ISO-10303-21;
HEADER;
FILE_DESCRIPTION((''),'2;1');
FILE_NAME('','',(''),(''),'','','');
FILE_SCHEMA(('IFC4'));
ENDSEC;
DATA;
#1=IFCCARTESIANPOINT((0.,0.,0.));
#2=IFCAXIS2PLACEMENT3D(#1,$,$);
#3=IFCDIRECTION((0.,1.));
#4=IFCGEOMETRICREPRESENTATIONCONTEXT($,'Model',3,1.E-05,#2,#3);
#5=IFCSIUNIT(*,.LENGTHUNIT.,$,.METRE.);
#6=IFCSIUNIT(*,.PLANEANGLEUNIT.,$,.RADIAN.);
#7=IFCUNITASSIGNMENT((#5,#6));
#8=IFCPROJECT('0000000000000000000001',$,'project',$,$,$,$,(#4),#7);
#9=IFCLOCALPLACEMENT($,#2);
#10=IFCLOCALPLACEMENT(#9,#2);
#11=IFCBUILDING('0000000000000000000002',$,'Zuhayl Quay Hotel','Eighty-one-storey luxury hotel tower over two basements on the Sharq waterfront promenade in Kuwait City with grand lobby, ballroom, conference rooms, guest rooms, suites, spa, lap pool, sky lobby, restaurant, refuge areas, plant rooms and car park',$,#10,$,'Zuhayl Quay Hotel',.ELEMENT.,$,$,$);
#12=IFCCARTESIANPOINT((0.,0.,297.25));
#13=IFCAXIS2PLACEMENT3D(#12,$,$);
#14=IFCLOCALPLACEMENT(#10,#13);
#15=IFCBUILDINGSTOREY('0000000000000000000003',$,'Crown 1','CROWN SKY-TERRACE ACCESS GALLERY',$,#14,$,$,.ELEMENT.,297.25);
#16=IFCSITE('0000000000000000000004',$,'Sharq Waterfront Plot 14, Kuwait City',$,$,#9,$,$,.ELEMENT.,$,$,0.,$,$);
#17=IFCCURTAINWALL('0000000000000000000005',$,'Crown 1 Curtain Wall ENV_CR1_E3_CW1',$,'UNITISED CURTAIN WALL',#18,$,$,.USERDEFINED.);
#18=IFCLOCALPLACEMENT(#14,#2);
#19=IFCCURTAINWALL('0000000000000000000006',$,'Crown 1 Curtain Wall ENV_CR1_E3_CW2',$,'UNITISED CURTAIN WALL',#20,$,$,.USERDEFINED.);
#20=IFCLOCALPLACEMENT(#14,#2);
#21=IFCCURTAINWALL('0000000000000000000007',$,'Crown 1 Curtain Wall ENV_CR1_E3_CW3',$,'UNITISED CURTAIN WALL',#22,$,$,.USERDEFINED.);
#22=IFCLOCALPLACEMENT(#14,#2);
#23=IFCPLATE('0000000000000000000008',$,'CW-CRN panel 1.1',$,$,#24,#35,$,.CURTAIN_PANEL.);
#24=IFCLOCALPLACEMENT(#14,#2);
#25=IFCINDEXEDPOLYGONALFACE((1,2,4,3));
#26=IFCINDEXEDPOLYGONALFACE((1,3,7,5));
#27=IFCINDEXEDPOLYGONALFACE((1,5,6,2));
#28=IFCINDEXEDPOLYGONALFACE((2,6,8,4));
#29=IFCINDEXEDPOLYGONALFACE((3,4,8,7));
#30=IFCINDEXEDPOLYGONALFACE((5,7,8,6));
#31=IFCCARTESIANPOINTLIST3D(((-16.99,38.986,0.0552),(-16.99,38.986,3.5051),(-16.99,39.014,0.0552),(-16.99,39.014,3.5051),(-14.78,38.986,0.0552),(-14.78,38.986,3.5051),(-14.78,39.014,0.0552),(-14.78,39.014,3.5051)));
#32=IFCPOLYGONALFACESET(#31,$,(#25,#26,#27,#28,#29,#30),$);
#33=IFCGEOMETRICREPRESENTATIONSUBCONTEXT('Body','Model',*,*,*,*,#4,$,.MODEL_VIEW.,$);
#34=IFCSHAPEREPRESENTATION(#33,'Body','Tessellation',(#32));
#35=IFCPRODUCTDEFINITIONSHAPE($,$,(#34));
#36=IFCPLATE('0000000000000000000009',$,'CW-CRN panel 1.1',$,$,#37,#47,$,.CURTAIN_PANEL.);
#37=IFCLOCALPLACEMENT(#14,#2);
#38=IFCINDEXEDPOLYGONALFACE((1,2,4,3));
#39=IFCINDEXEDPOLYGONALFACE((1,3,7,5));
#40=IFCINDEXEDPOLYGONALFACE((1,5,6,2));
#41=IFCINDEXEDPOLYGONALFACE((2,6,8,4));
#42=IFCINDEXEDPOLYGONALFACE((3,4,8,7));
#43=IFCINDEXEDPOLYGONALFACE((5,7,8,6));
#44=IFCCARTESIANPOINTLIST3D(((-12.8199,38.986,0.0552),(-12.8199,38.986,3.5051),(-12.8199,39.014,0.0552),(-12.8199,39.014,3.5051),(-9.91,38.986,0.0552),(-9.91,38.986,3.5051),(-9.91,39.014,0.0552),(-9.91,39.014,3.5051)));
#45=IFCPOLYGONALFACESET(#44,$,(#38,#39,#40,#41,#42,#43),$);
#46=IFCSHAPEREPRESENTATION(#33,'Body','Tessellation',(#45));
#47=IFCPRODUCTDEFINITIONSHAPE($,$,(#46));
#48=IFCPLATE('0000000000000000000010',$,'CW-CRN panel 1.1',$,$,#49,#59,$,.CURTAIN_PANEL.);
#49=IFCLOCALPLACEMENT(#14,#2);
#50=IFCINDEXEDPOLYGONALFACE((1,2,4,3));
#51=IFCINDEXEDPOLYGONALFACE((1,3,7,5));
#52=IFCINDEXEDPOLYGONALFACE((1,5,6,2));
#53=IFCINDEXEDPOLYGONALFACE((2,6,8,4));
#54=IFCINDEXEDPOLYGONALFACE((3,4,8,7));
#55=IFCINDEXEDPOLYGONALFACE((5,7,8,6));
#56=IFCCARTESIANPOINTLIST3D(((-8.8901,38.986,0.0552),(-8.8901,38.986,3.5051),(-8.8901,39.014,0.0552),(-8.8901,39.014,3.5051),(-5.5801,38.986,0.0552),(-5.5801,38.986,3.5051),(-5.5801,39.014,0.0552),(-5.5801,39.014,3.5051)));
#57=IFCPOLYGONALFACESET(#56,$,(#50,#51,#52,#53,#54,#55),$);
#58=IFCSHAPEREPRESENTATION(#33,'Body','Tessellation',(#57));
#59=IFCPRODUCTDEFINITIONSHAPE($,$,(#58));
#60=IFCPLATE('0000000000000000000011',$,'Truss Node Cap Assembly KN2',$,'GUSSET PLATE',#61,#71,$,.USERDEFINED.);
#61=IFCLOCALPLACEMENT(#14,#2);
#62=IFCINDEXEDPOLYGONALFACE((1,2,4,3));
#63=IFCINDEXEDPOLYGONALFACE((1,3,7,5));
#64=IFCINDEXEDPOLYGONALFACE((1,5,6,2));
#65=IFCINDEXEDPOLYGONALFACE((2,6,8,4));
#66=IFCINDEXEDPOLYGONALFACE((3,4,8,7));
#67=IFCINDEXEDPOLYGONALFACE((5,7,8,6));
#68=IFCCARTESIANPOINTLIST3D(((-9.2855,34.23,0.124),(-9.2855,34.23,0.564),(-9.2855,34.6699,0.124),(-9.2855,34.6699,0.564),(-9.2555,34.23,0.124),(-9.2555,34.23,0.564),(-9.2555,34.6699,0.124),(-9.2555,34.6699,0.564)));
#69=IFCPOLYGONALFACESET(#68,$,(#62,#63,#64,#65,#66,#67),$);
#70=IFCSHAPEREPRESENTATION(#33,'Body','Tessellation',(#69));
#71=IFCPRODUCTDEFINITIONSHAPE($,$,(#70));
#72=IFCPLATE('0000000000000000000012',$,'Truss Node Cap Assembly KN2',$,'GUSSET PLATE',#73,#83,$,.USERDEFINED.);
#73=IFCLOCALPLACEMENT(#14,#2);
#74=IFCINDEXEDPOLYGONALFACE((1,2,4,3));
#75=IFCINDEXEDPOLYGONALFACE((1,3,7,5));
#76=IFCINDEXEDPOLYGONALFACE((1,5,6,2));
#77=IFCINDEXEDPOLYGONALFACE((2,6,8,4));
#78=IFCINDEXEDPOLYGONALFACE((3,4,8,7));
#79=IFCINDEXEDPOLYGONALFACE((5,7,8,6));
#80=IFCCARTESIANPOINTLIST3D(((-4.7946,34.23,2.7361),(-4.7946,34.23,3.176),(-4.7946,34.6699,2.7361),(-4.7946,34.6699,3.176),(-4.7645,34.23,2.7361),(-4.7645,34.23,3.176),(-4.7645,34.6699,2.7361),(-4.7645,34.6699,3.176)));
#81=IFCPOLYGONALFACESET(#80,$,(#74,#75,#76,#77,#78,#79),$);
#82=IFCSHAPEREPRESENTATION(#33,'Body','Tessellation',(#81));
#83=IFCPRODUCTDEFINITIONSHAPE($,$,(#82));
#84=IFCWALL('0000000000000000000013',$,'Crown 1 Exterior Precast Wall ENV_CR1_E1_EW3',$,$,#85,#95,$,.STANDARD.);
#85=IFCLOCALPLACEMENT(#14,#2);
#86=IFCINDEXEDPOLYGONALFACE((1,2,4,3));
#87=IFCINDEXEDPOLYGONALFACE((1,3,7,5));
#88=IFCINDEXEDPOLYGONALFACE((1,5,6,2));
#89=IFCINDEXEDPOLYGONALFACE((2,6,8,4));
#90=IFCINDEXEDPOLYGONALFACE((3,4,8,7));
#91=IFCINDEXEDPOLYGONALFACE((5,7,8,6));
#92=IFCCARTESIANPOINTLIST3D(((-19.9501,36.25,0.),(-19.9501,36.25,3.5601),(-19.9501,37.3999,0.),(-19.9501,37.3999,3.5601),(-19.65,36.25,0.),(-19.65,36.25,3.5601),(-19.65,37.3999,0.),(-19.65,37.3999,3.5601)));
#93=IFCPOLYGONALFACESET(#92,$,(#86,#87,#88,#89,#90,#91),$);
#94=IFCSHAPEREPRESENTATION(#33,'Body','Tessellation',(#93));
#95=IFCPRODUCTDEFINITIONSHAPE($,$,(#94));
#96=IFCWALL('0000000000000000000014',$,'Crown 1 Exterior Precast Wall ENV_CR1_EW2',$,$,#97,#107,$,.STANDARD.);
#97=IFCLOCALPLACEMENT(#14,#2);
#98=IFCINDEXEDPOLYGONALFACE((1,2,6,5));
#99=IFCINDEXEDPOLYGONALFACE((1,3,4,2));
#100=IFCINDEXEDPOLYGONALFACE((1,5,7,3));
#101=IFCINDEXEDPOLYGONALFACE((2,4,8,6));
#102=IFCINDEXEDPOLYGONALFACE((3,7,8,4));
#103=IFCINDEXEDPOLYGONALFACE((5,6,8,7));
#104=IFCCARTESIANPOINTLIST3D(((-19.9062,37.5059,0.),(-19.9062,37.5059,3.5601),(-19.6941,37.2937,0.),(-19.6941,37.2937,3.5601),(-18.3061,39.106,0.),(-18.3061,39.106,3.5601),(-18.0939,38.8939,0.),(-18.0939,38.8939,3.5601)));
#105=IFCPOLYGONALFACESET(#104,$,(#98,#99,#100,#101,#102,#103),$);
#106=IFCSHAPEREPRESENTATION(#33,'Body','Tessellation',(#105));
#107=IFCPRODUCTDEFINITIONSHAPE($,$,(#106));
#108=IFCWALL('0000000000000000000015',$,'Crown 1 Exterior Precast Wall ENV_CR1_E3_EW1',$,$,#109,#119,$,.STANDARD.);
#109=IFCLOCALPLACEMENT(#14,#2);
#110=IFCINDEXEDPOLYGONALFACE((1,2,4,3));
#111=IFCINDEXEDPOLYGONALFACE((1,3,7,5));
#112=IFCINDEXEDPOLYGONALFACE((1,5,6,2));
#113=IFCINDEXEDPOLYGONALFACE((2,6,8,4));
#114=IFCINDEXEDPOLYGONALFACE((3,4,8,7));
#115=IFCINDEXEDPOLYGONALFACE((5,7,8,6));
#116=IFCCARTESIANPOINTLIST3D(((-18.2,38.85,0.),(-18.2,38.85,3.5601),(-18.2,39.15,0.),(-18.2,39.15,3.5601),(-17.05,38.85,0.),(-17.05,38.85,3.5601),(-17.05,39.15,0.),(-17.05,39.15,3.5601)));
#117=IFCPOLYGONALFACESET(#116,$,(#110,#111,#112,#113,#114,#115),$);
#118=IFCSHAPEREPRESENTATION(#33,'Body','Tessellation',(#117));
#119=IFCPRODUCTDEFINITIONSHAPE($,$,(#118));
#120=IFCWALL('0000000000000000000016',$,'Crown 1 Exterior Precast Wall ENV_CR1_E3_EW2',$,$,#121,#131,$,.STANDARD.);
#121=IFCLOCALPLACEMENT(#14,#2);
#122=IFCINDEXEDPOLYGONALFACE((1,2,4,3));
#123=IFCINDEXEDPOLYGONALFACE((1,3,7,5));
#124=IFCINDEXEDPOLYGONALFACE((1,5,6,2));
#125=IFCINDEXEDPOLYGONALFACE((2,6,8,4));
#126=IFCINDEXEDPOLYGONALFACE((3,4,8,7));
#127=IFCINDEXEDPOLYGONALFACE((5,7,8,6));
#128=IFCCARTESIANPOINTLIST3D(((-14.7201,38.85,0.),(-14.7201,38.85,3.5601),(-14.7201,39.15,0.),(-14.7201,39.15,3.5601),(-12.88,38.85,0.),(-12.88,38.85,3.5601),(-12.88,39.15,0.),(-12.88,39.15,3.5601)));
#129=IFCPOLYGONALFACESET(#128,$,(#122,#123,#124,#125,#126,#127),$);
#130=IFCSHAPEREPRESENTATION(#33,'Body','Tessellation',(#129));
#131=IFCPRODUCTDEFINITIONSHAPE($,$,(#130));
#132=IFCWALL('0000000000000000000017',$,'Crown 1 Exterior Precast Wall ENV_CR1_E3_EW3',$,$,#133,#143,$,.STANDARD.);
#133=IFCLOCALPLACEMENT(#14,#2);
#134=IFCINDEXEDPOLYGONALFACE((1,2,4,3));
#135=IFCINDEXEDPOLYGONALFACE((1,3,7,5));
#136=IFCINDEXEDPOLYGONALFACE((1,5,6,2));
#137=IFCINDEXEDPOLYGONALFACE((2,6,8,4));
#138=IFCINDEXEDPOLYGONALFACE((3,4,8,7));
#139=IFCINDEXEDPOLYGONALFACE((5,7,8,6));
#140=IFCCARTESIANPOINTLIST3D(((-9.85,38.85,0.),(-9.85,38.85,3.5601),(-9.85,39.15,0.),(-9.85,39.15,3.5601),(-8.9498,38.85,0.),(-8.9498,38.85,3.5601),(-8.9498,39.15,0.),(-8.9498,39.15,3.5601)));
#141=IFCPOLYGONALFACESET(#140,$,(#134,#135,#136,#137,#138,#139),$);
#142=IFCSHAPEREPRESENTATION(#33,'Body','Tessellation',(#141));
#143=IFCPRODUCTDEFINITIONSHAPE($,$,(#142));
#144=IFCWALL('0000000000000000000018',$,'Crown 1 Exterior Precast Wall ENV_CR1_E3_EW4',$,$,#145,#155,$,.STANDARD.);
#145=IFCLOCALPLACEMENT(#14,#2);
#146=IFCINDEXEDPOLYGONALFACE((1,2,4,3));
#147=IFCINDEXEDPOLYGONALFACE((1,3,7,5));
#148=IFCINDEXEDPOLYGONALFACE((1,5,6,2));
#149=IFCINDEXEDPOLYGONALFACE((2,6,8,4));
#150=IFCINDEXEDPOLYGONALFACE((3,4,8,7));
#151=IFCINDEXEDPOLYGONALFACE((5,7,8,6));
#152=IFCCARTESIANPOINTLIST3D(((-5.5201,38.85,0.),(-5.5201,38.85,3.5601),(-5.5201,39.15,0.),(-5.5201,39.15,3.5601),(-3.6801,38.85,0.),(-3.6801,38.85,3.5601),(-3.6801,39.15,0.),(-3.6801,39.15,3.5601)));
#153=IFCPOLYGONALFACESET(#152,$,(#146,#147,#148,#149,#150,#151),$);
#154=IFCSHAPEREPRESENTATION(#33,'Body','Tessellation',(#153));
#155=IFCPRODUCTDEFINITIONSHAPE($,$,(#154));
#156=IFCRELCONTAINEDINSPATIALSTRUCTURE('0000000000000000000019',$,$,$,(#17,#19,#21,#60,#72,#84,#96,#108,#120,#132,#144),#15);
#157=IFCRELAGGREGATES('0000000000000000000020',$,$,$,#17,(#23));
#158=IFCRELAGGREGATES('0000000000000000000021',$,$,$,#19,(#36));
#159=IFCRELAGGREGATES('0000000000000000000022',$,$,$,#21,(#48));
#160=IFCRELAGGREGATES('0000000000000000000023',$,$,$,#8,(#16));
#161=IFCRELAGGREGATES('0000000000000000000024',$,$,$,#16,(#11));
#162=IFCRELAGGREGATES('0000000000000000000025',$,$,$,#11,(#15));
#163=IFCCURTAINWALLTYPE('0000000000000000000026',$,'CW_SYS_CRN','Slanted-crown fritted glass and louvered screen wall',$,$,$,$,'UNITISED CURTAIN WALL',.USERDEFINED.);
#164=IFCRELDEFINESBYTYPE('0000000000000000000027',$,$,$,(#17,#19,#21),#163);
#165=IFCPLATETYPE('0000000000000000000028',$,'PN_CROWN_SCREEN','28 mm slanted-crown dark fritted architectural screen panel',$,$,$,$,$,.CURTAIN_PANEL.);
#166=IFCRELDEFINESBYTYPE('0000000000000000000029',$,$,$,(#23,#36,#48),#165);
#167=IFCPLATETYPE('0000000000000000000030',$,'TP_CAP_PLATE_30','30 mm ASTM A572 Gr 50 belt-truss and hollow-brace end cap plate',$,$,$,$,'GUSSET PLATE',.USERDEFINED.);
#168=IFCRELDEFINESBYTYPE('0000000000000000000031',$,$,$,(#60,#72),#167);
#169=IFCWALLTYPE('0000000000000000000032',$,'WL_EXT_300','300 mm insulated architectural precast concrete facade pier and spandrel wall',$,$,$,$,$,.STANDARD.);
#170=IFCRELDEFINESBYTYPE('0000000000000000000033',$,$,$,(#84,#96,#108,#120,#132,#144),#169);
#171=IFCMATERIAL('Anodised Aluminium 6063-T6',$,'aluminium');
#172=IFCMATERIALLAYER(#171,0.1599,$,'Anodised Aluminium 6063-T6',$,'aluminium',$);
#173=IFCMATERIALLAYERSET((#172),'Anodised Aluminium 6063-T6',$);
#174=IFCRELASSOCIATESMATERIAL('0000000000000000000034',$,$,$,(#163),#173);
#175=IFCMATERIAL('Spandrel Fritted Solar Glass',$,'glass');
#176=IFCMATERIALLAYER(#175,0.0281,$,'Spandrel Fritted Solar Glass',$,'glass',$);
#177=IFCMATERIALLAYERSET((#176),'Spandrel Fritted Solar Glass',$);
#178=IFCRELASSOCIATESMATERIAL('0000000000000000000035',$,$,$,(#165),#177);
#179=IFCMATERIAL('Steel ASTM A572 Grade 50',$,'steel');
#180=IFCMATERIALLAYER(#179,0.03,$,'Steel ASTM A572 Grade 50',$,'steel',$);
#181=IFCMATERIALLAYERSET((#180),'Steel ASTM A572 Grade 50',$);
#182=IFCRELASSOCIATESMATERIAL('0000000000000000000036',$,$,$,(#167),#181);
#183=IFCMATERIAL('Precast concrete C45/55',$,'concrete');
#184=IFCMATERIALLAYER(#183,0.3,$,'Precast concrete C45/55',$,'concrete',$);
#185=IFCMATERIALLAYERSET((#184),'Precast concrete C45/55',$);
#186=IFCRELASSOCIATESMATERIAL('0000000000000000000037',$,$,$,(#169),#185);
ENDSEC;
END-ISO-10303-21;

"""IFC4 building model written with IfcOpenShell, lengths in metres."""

from ifc_helpers import new_model, si_unit, direction, frame, frame_2d, origin, origin_2d, place, context, subcontext, project, spatial, rectangle, extrude, material, layer, layer_set, type_object, element, aggregate, save


model = new_model("IFC4")

# Units and contexts
model_context = context("Model", 3, precision=1e-05, world=origin(), true_north=direction((0.0, 1.0)))
body_context = subcontext(model_context, "Body", "Model", "MODEL_VIEW")
ifc_project = project(units=[si_unit("LENGTHUNIT", "METRE"), si_unit("PLANEANGLEUNIT", "RADIAN")], contexts=[model_context])

# Site, building, storey
site_placement = place(None, origin())
site = spatial("IfcSite", under=ifc_project, at=site_placement, Name="Sharq Waterfront Plot 14, Kuwait City", CompositionType="ELEMENT", RefElevation=0.0)
building_placement = place(site_placement, origin())
building = spatial("IfcBuilding", under=site, at=building_placement, Name="Zuhayl Quay Hotel", Description="Eighty-one-storey luxury hotel tower over two basements on the Sharq waterfront promenade in Kuwait City with grand lobby, ballroom, conference rooms, guest rooms, suites, spa, lap pool, sky lobby, restaurant, refuge areas, plant rooms and car park", LongName="Zuhayl Quay Hotel", CompositionType="ELEMENT")
storey_placement = place(building_placement, frame((0.0, 0.0, 297.25)))
storey = spatial("IfcBuildingStorey", under=building, at=storey_placement, Name="Crown 1", Description="CROWN SKY-TERRACE ACCESS GALLERY", CompositionType="ELEMENT", Elevation=297.25)

# Shared definitions
ifc_material_1 = material(Name="Anodised Aluminium 6063-T6", Category="aluminium")
ifc_layer_1 = layer(ifc_material_1, 0.1599, Name="Anodised Aluminium 6063-T6", Category="aluminium")
ifc_layer_set_1 = layer_set([ifc_layer_1], Name="Anodised Aluminium 6063-T6")
curtain_wall_type = type_object("IfcCurtainWallType", Name="CW_SYS_CRN", Description="Slanted-crown fritted glass and louvered screen wall", ElementType="UNITISED CURTAIN WALL", PredefinedType="USERDEFINED", material=ifc_layer_set_1)

# Curtain walls
curtain_wall_1_placement = place(storey_placement, origin())
curtain_wall_1 = element("IfcCurtainWall", 1, at=curtain_wall_1_placement, inside=storey, type_object=curtain_wall_type, Name="Crown 1 Curtain Wall ENV_CR1_E3_CW1", ObjectType="UNITISED CURTAIN WALL", PredefinedType="USERDEFINED")
curtain_wall_2_placement = place(storey_placement, origin())
curtain_wall_2 = element("IfcCurtainWall", 2, at=curtain_wall_2_placement, inside=storey, type_object=curtain_wall_type, Name="Crown 1 Curtain Wall ENV_CR1_E3_CW2", ObjectType="UNITISED CURTAIN WALL", PredefinedType="USERDEFINED")
curtain_wall_3_placement = place(storey_placement, origin())
curtain_wall_3 = element("IfcCurtainWall", 3, at=curtain_wall_3_placement, inside=storey, type_object=curtain_wall_type, Name="Crown 1 Curtain Wall ENV_CR1_E3_CW3", ObjectType="UNITISED CURTAIN WALL", PredefinedType="USERDEFINED")

# Plates
ifc_material_2 = material(Name="Spandrel Fritted Solar Glass", Category="glass")
ifc_layer_2 = layer(ifc_material_2, 0.0281, Name="Spandrel Fritted Solar Glass", Category="glass")
ifc_layer_set_2 = layer_set([ifc_layer_2], Name="Spandrel Fritted Solar Glass")
plate_type_1 = type_object("IfcPlateType", Name="PN_CROWN_SCREEN", Description="28 mm slanted-crown dark fritted architectural screen panel", PredefinedType="CURTAIN_PANEL", material=ifc_layer_set_2)
plate_1_placement = place(storey_placement, frame((-15.885, 39.0, 0.0552), z_axis=(0.0, 0.0, 1.0), x_axis=(1.0, 0.0, 0.0)))
plate_1 = element("IfcPlate", 4, at=plate_1_placement, type_object=plate_type_1, Name="CW-CRN panel 1.1", PredefinedType="CURTAIN_PANEL", context=body_context, shape_type="SweptSolid", body=[
    extrude(rectangle(XDim=2.21, YDim=0.0281, at=origin_2d()), origin(), (0.0, 0.0, 1.0), 3.45),
])
aggregate(curtain_wall_1, [plate_1])
plate_2_placement = place(storey_placement, frame((-11.365, 39.0, 0.0552), z_axis=(0.0, 0.0, 1.0), x_axis=(1.0, 0.0, 0.0)))
plate_2 = element("IfcPlate", 5, at=plate_2_placement, type_object=plate_type_1, Name="CW-CRN panel 1.1", PredefinedType="CURTAIN_PANEL", context=body_context, shape_type="SweptSolid", body=[
    extrude(rectangle(XDim=2.9099, YDim=0.0281, at=origin_2d()), origin(), (0.0, 0.0, 1.0), 3.45),
])
aggregate(curtain_wall_2, [plate_2])
plate_3_placement = place(storey_placement, frame((-7.2351, 39.0, 0.0552), z_axis=(0.0, 0.0, 1.0), x_axis=(1.0, 0.0, 0.0)))
plate_3 = element("IfcPlate", 6, at=plate_3_placement, type_object=plate_type_1, Name="CW-CRN panel 1.1", PredefinedType="CURTAIN_PANEL", context=body_context, shape_type="SweptSolid", body=[
    extrude(rectangle(XDim=3.3101, YDim=0.0281, at=origin_2d()), origin(), (0.0, 0.0, 1.0), 3.45),
])
aggregate(curtain_wall_3, [plate_3])

# Plates
ifc_material_3 = material(Name="Steel ASTM A572 Grade 50", Category="steel")
ifc_layer_3 = layer(ifc_material_3, 0.03, Name="Steel ASTM A572 Grade 50", Category="steel")
ifc_layer_set_3 = layer_set([ifc_layer_3], Name="Steel ASTM A572 Grade 50")
plate_type_2 = type_object("IfcPlateType", Name="TP_CAP_PLATE_30", Description="30 mm ASTM A572 Gr 50 belt-truss and hollow-brace end cap plate", ElementType="GUSSET PLATE", PredefinedType="USERDEFINED", material=ifc_layer_set_3)
for number, where, z_axis, x_axis, name in (
    (7, (-9.2705, 34.45, 0.124), (0.0, 0.0, 1.0), (-1.0, 0.0, 0.0), "Truss Node Cap Assembly KN2"),
    (8, (-4.7795, 34.45, 2.7361), (0.0, 0.0, 1.0), (1.0, 0.0, 0.0), "Truss Node Cap Assembly KN2"),
):
    element("IfcPlate", number, at=place(storey_placement, frame(where, z_axis=z_axis, x_axis=x_axis)), inside=storey, type_object=plate_type_2, Name=name, ObjectType="GUSSET PLATE", PredefinedType="USERDEFINED", context=body_context, shape_type="SweptSolid", body=[
        extrude(rectangle(XDim=0.03, YDim=0.4399, at=origin_2d()), origin(), (0.0, 0.0, 1.0), 0.4399),
    ])

# Walls
ifc_material_4 = material(Name="Precast concrete C45/55", Category="concrete")
ifc_layer_4 = layer(ifc_material_4, 0.3, Name="Precast concrete C45/55", Category="concrete")
ifc_layer_set_4 = layer_set([ifc_layer_4], Name="Precast concrete C45/55")
wall_type = type_object("IfcWallType", Name="WL_EXT_300", Description="300 mm insulated architectural precast concrete facade pier and spandrel wall", PredefinedType="STANDARD", material=ifc_layer_set_4)
wall_1_placement = place(storey_placement, frame((-19.8, 36.25, 0.0), z_axis=(0.0, 0.0, 1.0), x_axis=(0.0, 1.0, 0.0)))
element("IfcWall", 9, at=wall_1_placement, inside=storey, type_object=wall_type, Name="Crown 1 Exterior Precast Wall ENV_CR1_E1_EW3", PredefinedType="STANDARD", context=body_context, shape_type="SweptSolid", body=[
    extrude(rectangle(XDim=1.1499, YDim=0.3, at=frame_2d((0.575, 0.0))), origin(), (0.0, 0.0, 1.0), 3.5601),
])
wall_2_placement = place(storey_placement, frame((-19.8, 37.3999, 0.0), z_axis=(0.0, 0.0, 1.0), x_axis=(0.707107, 0.707107, 0.0)))
element("IfcWall", 10, at=wall_2_placement, inside=storey, type_object=wall_type, Name="Crown 1 Exterior Precast Wall ENV_CR1_EW2", PredefinedType="STANDARD", context=body_context, shape_type="SweptSolid", body=[
    extrude(rectangle(XDim=2.2629, YDim=0.3, at=frame_2d((1.1313, 0.0))), origin(), (0.0, 0.0, 1.0), 3.5601),
])
wall_3_placement = place(storey_placement, frame((-18.2, 39.0, 0.0), z_axis=(0.0, 0.0, 1.0), x_axis=(1.0, 0.0, 0.0)))
element("IfcWall", 11, at=wall_3_placement, inside=storey, type_object=wall_type, Name="Crown 1 Exterior Precast Wall ENV_CR1_E3_EW1", PredefinedType="STANDARD", context=body_context, shape_type="SweptSolid", body=[
    extrude(rectangle(XDim=1.1499, YDim=0.3, at=frame_2d((0.575, 0.0))), origin(), (0.0, 0.0, 1.0), 3.5601),
])
wall_4_placement = place(storey_placement, frame((-14.72, 39.0, 0.0), z_axis=(0.0, 0.0, 1.0), x_axis=(1.0, 0.0, 0.0)))
element("IfcWall", 12, at=wall_4_placement, inside=storey, type_object=wall_type, Name="Crown 1 Exterior Precast Wall ENV_CR1_E3_EW2", PredefinedType="STANDARD", context=body_context, shape_type="SweptSolid", body=[
    extrude(rectangle(XDim=1.8401, YDim=0.3, at=frame_2d((0.9199, 0.0))), origin(), (0.0, 0.0, 1.0), 3.5601),
])
wall_5_placement = place(storey_placement, frame((-9.8501, 39.0, 0.0), z_axis=(0.0, 0.0, 1.0), x_axis=(1.0, 0.0, 0.0)))
element("IfcWall", 13, at=wall_5_placement, inside=storey, type_object=wall_type, Name="Crown 1 Exterior Precast Wall ENV_CR1_E3_EW3", PredefinedType="STANDARD", context=body_context, shape_type="SweptSolid", body=[
    extrude(rectangle(XDim=0.9001, YDim=0.3, at=frame_2d((0.4502, 0.0))), origin(), (0.0, 0.0, 1.0), 3.5601),
])
wall_6_placement = place(storey_placement, frame((-5.52, 39.0, 0.0), z_axis=(0.0, 0.0, 1.0), x_axis=(1.0, 0.0, 0.0)))
element("IfcWall", 14, at=wall_6_placement, inside=storey, type_object=wall_type, Name="Crown 1 Exterior Precast Wall ENV_CR1_E3_EW4", PredefinedType="STANDARD", context=body_context, shape_type="SweptSolid", body=[
    extrude(rectangle(XDim=1.8401, YDim=0.3, at=frame_2d((0.9199, 0.0))), origin(), (0.0, 0.0, 1.0), 3.5601),
])

save(model, "model.ifc")
